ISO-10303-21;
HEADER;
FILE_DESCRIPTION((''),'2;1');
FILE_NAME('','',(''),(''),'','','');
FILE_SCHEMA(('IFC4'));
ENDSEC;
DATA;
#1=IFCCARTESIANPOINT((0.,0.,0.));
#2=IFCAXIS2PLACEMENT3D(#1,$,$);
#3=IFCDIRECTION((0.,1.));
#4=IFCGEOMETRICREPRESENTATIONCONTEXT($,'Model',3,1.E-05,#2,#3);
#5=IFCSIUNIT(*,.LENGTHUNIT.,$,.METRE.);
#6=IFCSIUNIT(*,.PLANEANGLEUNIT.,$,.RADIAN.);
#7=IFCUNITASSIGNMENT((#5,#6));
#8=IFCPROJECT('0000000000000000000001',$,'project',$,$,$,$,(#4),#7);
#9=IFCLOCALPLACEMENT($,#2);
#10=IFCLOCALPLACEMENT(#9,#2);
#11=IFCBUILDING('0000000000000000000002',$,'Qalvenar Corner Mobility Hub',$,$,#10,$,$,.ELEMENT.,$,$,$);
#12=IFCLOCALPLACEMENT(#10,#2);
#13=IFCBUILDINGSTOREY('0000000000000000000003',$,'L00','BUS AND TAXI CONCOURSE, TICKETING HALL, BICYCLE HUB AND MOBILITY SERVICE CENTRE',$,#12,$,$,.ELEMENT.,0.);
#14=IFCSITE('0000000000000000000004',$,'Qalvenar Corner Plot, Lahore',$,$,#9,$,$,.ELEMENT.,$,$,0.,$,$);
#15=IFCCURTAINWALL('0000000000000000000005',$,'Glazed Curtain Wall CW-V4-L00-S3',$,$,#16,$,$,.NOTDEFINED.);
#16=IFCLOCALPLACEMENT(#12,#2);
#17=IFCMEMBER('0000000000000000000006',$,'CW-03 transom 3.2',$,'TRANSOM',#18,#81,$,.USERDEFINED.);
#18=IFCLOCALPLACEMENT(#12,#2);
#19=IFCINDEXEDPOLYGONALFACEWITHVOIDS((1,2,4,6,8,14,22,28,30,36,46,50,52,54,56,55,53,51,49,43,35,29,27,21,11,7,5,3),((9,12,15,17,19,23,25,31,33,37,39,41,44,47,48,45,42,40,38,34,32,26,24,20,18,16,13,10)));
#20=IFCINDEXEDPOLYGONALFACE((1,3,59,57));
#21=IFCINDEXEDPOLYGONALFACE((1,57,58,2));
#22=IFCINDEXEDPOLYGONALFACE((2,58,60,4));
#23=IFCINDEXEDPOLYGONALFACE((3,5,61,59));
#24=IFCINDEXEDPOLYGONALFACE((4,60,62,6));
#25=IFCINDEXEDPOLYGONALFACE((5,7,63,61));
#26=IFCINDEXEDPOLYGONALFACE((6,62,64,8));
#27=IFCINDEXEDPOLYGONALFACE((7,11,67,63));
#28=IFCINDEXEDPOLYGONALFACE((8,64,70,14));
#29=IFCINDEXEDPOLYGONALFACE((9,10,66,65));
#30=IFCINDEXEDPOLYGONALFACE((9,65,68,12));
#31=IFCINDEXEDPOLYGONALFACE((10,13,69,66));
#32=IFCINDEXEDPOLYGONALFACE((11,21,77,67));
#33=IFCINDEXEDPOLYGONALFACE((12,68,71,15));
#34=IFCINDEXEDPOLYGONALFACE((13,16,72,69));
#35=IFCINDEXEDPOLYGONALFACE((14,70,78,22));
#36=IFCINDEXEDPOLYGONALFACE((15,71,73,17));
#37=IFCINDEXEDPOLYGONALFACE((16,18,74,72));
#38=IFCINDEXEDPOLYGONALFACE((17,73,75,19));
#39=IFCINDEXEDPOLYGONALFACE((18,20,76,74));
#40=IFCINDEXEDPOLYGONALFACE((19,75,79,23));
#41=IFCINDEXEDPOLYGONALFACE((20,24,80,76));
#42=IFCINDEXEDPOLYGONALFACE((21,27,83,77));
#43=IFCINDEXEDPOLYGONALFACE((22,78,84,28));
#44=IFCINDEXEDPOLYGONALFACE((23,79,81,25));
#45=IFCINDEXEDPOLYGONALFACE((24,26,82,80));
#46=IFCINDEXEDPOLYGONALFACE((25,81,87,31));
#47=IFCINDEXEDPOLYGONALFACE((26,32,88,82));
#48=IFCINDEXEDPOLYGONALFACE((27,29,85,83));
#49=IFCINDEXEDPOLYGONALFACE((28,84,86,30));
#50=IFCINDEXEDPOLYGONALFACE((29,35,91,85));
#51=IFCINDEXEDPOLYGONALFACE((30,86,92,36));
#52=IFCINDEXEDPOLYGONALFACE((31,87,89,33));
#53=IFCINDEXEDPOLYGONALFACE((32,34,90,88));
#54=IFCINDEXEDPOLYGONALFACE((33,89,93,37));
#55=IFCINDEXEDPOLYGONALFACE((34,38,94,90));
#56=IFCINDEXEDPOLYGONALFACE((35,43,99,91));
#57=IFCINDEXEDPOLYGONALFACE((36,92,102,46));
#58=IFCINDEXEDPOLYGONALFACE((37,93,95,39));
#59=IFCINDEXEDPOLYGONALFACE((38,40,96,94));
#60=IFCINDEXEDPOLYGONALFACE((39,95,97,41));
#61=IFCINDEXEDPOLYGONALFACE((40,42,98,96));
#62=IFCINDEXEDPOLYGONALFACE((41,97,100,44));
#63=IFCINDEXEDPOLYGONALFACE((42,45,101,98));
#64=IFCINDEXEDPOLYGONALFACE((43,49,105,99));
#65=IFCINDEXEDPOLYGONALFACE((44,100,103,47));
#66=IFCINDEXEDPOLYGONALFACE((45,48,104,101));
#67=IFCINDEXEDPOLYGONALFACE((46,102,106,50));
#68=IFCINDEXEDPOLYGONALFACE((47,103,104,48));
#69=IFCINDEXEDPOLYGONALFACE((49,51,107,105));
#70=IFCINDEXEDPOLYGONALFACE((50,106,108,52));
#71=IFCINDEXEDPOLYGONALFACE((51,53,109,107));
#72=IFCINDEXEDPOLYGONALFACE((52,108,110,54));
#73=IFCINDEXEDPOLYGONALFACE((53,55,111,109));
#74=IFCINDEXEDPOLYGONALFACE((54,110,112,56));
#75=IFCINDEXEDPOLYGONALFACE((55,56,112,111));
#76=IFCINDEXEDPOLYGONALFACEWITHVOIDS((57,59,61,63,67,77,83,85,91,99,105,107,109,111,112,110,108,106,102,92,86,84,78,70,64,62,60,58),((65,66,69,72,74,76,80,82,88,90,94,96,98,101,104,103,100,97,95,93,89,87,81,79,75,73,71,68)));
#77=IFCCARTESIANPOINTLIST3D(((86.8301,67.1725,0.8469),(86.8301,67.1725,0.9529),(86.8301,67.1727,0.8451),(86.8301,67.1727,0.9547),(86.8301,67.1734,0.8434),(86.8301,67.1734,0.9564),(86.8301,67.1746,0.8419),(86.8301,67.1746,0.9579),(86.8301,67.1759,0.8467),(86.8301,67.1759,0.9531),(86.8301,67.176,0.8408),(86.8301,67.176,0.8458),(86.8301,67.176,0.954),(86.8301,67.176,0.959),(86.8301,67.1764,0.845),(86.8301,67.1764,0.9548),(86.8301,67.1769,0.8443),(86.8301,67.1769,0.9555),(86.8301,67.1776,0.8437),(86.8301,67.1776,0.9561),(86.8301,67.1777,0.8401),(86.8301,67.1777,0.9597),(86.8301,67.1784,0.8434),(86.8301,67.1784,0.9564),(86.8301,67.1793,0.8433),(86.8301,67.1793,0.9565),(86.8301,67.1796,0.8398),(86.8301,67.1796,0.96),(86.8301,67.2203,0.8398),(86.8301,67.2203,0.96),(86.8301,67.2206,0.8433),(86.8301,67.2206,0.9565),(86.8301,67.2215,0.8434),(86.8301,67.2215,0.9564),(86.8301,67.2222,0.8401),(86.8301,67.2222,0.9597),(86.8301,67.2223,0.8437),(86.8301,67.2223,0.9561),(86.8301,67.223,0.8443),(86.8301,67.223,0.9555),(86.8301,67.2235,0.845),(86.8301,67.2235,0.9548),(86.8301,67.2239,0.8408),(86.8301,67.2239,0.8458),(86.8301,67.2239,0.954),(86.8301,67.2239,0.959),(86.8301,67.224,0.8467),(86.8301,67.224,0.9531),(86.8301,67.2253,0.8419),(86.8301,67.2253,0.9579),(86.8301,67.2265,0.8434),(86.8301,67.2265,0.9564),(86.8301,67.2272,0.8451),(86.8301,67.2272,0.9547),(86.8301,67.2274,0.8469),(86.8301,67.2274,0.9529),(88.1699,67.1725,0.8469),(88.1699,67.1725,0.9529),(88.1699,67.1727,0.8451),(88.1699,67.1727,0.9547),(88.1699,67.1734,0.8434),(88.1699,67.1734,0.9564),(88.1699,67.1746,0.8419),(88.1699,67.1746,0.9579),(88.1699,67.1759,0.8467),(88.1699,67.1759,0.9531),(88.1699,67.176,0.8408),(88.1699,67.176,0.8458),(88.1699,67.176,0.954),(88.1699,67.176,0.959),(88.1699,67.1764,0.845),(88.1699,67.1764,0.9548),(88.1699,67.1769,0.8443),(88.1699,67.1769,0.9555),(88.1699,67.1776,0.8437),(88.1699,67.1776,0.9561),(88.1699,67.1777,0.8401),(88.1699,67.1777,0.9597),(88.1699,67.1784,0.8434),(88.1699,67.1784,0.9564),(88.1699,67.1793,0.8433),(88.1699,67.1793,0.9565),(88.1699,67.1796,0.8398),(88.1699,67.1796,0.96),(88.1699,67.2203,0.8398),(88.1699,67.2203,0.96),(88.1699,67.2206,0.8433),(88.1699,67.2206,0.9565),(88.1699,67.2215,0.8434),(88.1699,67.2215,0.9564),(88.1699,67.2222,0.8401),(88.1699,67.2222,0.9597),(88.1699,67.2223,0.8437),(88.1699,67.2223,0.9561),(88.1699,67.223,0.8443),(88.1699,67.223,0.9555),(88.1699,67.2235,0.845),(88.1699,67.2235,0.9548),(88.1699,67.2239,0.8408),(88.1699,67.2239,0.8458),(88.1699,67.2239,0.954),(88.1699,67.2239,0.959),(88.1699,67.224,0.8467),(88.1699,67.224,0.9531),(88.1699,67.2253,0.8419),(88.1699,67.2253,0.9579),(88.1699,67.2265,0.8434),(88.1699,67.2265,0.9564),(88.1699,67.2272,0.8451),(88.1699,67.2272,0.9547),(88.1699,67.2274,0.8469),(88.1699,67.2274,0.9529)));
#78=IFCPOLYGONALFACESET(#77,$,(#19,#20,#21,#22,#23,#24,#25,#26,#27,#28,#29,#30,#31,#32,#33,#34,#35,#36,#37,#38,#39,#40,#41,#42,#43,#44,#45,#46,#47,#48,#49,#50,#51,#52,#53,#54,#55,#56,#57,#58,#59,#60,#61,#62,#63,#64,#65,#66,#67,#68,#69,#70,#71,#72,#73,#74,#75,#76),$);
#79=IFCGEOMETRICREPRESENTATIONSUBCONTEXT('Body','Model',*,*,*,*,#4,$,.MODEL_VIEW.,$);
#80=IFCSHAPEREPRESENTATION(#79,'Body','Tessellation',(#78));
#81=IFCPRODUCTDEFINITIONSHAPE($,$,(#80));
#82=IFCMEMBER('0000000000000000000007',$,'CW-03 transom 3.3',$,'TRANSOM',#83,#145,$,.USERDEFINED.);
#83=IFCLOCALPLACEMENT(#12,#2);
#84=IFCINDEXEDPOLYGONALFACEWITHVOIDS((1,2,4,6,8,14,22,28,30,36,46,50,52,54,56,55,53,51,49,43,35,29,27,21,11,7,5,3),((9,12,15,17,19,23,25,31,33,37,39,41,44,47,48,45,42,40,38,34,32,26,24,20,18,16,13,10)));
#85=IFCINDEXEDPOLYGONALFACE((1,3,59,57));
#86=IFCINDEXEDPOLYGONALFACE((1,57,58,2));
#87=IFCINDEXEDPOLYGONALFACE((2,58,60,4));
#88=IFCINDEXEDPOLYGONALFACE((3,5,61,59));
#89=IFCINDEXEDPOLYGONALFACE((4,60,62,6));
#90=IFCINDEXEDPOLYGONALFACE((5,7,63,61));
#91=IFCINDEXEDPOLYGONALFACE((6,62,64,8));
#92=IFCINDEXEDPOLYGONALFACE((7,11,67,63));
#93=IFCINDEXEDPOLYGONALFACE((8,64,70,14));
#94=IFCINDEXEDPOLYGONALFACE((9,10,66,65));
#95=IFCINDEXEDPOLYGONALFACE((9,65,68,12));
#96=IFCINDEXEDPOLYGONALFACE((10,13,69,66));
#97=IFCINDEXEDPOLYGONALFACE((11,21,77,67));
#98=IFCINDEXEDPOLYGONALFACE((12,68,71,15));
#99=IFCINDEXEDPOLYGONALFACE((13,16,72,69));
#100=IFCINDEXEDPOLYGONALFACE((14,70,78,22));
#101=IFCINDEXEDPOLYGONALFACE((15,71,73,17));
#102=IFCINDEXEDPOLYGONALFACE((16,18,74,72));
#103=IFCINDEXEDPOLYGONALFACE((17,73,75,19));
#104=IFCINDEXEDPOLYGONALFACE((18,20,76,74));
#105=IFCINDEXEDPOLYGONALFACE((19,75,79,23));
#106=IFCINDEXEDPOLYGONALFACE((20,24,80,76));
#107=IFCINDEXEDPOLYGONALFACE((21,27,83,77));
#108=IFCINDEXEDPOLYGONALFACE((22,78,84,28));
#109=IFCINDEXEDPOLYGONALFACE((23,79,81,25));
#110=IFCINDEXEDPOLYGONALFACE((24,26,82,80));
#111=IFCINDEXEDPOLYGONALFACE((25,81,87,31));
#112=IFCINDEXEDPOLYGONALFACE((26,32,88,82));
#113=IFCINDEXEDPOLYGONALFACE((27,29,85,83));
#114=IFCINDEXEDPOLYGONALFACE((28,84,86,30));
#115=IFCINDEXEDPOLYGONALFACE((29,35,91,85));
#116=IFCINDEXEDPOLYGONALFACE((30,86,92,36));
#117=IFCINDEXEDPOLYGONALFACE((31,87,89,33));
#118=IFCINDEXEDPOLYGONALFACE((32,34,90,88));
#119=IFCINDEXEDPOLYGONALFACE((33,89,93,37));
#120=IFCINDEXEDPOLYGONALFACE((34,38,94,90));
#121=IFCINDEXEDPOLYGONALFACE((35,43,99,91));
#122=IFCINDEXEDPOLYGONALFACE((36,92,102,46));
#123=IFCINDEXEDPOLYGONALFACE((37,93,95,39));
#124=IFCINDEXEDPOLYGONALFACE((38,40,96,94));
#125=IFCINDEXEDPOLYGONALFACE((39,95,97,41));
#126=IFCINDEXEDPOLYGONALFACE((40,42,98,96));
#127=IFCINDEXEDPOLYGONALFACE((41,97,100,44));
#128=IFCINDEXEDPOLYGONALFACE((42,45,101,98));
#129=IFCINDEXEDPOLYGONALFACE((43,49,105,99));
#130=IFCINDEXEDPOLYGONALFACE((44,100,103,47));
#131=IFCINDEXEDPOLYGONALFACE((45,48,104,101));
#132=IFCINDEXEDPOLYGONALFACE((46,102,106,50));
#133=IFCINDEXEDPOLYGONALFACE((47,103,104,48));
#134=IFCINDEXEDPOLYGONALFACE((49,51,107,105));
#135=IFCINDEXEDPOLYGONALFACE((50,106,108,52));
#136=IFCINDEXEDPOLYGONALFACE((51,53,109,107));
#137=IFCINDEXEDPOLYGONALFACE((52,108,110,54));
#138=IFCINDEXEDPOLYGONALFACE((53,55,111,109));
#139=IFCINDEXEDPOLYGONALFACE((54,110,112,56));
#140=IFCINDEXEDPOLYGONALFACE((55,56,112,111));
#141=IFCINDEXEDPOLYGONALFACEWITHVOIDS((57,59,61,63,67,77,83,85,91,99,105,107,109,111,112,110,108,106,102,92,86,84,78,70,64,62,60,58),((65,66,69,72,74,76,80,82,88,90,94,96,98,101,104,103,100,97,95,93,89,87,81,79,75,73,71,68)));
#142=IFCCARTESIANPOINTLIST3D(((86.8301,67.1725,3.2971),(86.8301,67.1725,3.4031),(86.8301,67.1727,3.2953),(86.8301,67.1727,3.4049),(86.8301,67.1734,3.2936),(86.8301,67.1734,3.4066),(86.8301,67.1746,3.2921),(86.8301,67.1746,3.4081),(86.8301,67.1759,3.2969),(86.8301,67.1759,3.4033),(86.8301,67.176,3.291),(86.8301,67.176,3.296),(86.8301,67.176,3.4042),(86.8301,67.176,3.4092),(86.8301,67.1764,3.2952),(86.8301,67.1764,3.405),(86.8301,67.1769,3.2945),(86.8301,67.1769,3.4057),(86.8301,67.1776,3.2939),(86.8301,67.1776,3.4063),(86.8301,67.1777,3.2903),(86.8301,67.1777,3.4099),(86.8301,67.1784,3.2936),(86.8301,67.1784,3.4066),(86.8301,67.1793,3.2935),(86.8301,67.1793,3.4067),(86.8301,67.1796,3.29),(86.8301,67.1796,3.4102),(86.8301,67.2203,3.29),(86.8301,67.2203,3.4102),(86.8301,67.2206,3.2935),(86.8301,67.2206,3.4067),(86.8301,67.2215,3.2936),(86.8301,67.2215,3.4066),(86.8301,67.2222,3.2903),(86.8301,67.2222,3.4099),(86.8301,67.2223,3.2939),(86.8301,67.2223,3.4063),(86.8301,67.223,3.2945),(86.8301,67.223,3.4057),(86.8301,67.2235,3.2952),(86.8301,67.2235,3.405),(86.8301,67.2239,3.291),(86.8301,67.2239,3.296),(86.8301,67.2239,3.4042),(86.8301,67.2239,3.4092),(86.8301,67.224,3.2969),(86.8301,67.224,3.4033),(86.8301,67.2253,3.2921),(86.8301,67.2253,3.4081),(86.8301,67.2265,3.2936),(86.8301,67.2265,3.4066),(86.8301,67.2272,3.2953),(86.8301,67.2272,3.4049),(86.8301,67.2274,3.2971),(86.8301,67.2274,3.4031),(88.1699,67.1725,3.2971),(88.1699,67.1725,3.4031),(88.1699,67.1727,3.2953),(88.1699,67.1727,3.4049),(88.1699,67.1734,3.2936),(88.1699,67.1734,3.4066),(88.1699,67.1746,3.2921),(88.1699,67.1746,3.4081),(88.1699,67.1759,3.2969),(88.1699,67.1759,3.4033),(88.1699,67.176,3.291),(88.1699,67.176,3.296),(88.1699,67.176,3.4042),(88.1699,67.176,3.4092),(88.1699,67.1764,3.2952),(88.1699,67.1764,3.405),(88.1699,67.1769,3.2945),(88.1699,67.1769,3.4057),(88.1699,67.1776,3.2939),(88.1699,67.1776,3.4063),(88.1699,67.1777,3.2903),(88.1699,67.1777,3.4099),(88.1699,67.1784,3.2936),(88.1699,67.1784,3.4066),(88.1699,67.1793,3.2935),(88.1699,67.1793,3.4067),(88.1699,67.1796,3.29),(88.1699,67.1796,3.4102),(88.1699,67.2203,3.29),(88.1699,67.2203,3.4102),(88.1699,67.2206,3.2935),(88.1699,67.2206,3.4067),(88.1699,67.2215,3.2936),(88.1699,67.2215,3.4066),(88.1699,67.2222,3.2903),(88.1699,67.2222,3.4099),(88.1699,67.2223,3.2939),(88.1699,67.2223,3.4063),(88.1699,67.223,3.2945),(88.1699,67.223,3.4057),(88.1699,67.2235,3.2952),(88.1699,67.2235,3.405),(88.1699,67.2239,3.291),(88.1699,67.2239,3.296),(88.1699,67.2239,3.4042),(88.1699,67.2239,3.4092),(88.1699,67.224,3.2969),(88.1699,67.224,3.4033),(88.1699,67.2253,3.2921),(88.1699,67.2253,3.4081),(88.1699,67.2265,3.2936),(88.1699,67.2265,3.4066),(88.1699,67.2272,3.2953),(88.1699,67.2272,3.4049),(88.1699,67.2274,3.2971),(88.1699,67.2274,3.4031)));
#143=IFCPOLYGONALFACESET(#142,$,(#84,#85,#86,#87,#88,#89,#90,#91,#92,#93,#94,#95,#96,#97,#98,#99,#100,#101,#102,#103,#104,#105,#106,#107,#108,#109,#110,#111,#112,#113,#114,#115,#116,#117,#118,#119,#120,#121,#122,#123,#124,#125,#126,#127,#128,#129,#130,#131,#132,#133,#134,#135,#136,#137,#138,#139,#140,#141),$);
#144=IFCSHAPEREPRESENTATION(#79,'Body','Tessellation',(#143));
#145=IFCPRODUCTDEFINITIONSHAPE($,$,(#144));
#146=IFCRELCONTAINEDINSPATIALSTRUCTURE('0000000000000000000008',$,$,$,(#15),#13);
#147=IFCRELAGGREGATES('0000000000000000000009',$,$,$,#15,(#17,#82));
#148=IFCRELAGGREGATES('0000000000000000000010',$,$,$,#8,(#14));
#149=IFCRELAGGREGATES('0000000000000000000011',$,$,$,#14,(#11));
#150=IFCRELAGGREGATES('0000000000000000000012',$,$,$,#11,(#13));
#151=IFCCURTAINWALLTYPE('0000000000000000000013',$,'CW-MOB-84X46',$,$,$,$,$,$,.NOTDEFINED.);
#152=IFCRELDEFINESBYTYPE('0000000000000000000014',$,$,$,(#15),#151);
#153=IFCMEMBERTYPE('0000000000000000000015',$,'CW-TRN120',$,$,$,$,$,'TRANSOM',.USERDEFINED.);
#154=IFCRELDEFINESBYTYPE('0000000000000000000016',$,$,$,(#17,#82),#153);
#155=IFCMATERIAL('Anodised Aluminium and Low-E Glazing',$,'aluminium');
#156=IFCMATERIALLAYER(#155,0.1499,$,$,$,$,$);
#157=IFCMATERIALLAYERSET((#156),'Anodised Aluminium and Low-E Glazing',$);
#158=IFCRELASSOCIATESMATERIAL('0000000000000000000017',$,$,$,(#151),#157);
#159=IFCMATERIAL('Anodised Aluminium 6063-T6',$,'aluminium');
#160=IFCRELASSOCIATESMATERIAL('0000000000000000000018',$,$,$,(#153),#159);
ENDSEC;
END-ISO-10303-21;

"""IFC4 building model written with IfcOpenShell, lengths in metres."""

from ifc_helpers import new_model, si_unit, direction, frame, origin, origin_2d, place, context, subcontext, project, spatial, hollow_rectangle, extrude, material, layer, layer_set, material_profile, profile_set, type_object, element, aggregate, save


model = new_model("IFC4")

# Units and contexts
model_context = context("Model", 3, precision=1e-05, world=origin(), true_north=direction((0.0, 1.0)))
body_context = subcontext(model_context, "Body", "Model", "MODEL_VIEW")
ifc_project = project(units=[si_unit("LENGTHUNIT", "METRE"), si_unit("PLANEANGLEUNIT", "RADIAN")], contexts=[model_context])

# Site, building, storey
site_placement = place(None, origin())
site = spatial("IfcSite", under=ifc_project, at=site_placement, Name="Qalvenar Corner Plot, Lahore", CompositionType="ELEMENT", RefElevation=0.0)
building_placement = place(site_placement, origin())
building = spatial("IfcBuilding", under=site, at=building_placement, Name="Qalvenar Corner Mobility Hub", CompositionType="ELEMENT")
storey_placement = place(building_placement, origin())
storey = spatial("IfcBuildingStorey", under=building, at=storey_placement, Name="L00", Description="BUS AND TAXI CONCOURSE, TICKETING HALL, BICYCLE HUB AND MOBILITY SERVICE CENTRE", CompositionType="ELEMENT", Elevation=0.0)

# Curtain wall, members
ifc_material_1 = material(Name="Anodised Aluminium and Low-E Glazing", Category="aluminium")
ifc_layer_1 = layer(ifc_material_1, 0.1499)
ifc_layer_set_1 = layer_set([ifc_layer_1], Name="Anodised Aluminium and Low-E Glazing")
curtain_wall_type = type_object("IfcCurtainWallType", Name="CW-MOB-84X46", PredefinedType="NOTDEFINED", material=ifc_layer_set_1)
curtain_wall_placement = place(storey_placement, origin())
curtain_wall = element("IfcCurtainWall", 1, at=curtain_wall_placement, inside=storey, type_object=curtain_wall_type, Name="Glazed Curtain Wall CW-V4-L00-S3", PredefinedType="NOTDEFINED")
ifc_material_2 = material(Name="Anodised Aluminium 6063-T6", Category="aluminium")
ifc_material_profile_1 = material_profile(ifc_material_2, hollow_rectangle(XDim=0.0549, YDim=0.1201, WallThickness=0.0034, InnerFilletRadius=0.0034, OuterFilletRadius=0.0071, at=origin_2d()), Name="RHS120x55x3.5")
ifc_profile_set_1 = profile_set([ifc_material_profile_1], Name="Anodised Aluminium 6063-T6")
member_type_1 = type_object("IfcMemberType", Name="CW-TRN120", ElementType="TRANSOM", PredefinedType="USERDEFINED", material=ifc_profile_set_1)
member_1_placement = place(storey_placement, frame((86.8301, 67.2, 0.8999), z_axis=(1.0, 0.0, 0.0), x_axis=(0.0, 1.0, 0.0)))
member_1 = element("IfcMember", 2, at=member_1_placement, type_object=member_type_1, Name="CW-03 transom 3.2", ObjectType="TRANSOM", PredefinedType="USERDEFINED", context=body_context, shape_type="SweptSolid", body=[
    extrude(hollow_rectangle(XDim=0.0549, YDim=0.1201, WallThickness=0.0034, InnerFilletRadius=0.0034, OuterFilletRadius=0.0071, at=origin_2d()), origin(), (0.0, 0.0, 1.0), 1.3398),
])
member_2_placement = place(storey_placement, frame((86.8301, 67.2, 3.3501), z_axis=(1.0, 0.0, 0.0), x_axis=(0.0, 1.0, 0.0)))
member_2 = element("IfcMember", 3, at=member_2_placement, type_object=member_type_1, Name="CW-03 transom 3.3", ObjectType="TRANSOM", PredefinedType="USERDEFINED", context=body_context, shape_type="SweptSolid", body=[
    extrude(hollow_rectangle(XDim=0.0549, YDim=0.1201, WallThickness=0.0034, InnerFilletRadius=0.0034, OuterFilletRadius=0.0071, at=origin_2d()), origin(), (0.0, 0.0, 1.0), 1.3398),
])
aggregate(curtain_wall, [member_1, member_2])

save(model, "model.ifc")
